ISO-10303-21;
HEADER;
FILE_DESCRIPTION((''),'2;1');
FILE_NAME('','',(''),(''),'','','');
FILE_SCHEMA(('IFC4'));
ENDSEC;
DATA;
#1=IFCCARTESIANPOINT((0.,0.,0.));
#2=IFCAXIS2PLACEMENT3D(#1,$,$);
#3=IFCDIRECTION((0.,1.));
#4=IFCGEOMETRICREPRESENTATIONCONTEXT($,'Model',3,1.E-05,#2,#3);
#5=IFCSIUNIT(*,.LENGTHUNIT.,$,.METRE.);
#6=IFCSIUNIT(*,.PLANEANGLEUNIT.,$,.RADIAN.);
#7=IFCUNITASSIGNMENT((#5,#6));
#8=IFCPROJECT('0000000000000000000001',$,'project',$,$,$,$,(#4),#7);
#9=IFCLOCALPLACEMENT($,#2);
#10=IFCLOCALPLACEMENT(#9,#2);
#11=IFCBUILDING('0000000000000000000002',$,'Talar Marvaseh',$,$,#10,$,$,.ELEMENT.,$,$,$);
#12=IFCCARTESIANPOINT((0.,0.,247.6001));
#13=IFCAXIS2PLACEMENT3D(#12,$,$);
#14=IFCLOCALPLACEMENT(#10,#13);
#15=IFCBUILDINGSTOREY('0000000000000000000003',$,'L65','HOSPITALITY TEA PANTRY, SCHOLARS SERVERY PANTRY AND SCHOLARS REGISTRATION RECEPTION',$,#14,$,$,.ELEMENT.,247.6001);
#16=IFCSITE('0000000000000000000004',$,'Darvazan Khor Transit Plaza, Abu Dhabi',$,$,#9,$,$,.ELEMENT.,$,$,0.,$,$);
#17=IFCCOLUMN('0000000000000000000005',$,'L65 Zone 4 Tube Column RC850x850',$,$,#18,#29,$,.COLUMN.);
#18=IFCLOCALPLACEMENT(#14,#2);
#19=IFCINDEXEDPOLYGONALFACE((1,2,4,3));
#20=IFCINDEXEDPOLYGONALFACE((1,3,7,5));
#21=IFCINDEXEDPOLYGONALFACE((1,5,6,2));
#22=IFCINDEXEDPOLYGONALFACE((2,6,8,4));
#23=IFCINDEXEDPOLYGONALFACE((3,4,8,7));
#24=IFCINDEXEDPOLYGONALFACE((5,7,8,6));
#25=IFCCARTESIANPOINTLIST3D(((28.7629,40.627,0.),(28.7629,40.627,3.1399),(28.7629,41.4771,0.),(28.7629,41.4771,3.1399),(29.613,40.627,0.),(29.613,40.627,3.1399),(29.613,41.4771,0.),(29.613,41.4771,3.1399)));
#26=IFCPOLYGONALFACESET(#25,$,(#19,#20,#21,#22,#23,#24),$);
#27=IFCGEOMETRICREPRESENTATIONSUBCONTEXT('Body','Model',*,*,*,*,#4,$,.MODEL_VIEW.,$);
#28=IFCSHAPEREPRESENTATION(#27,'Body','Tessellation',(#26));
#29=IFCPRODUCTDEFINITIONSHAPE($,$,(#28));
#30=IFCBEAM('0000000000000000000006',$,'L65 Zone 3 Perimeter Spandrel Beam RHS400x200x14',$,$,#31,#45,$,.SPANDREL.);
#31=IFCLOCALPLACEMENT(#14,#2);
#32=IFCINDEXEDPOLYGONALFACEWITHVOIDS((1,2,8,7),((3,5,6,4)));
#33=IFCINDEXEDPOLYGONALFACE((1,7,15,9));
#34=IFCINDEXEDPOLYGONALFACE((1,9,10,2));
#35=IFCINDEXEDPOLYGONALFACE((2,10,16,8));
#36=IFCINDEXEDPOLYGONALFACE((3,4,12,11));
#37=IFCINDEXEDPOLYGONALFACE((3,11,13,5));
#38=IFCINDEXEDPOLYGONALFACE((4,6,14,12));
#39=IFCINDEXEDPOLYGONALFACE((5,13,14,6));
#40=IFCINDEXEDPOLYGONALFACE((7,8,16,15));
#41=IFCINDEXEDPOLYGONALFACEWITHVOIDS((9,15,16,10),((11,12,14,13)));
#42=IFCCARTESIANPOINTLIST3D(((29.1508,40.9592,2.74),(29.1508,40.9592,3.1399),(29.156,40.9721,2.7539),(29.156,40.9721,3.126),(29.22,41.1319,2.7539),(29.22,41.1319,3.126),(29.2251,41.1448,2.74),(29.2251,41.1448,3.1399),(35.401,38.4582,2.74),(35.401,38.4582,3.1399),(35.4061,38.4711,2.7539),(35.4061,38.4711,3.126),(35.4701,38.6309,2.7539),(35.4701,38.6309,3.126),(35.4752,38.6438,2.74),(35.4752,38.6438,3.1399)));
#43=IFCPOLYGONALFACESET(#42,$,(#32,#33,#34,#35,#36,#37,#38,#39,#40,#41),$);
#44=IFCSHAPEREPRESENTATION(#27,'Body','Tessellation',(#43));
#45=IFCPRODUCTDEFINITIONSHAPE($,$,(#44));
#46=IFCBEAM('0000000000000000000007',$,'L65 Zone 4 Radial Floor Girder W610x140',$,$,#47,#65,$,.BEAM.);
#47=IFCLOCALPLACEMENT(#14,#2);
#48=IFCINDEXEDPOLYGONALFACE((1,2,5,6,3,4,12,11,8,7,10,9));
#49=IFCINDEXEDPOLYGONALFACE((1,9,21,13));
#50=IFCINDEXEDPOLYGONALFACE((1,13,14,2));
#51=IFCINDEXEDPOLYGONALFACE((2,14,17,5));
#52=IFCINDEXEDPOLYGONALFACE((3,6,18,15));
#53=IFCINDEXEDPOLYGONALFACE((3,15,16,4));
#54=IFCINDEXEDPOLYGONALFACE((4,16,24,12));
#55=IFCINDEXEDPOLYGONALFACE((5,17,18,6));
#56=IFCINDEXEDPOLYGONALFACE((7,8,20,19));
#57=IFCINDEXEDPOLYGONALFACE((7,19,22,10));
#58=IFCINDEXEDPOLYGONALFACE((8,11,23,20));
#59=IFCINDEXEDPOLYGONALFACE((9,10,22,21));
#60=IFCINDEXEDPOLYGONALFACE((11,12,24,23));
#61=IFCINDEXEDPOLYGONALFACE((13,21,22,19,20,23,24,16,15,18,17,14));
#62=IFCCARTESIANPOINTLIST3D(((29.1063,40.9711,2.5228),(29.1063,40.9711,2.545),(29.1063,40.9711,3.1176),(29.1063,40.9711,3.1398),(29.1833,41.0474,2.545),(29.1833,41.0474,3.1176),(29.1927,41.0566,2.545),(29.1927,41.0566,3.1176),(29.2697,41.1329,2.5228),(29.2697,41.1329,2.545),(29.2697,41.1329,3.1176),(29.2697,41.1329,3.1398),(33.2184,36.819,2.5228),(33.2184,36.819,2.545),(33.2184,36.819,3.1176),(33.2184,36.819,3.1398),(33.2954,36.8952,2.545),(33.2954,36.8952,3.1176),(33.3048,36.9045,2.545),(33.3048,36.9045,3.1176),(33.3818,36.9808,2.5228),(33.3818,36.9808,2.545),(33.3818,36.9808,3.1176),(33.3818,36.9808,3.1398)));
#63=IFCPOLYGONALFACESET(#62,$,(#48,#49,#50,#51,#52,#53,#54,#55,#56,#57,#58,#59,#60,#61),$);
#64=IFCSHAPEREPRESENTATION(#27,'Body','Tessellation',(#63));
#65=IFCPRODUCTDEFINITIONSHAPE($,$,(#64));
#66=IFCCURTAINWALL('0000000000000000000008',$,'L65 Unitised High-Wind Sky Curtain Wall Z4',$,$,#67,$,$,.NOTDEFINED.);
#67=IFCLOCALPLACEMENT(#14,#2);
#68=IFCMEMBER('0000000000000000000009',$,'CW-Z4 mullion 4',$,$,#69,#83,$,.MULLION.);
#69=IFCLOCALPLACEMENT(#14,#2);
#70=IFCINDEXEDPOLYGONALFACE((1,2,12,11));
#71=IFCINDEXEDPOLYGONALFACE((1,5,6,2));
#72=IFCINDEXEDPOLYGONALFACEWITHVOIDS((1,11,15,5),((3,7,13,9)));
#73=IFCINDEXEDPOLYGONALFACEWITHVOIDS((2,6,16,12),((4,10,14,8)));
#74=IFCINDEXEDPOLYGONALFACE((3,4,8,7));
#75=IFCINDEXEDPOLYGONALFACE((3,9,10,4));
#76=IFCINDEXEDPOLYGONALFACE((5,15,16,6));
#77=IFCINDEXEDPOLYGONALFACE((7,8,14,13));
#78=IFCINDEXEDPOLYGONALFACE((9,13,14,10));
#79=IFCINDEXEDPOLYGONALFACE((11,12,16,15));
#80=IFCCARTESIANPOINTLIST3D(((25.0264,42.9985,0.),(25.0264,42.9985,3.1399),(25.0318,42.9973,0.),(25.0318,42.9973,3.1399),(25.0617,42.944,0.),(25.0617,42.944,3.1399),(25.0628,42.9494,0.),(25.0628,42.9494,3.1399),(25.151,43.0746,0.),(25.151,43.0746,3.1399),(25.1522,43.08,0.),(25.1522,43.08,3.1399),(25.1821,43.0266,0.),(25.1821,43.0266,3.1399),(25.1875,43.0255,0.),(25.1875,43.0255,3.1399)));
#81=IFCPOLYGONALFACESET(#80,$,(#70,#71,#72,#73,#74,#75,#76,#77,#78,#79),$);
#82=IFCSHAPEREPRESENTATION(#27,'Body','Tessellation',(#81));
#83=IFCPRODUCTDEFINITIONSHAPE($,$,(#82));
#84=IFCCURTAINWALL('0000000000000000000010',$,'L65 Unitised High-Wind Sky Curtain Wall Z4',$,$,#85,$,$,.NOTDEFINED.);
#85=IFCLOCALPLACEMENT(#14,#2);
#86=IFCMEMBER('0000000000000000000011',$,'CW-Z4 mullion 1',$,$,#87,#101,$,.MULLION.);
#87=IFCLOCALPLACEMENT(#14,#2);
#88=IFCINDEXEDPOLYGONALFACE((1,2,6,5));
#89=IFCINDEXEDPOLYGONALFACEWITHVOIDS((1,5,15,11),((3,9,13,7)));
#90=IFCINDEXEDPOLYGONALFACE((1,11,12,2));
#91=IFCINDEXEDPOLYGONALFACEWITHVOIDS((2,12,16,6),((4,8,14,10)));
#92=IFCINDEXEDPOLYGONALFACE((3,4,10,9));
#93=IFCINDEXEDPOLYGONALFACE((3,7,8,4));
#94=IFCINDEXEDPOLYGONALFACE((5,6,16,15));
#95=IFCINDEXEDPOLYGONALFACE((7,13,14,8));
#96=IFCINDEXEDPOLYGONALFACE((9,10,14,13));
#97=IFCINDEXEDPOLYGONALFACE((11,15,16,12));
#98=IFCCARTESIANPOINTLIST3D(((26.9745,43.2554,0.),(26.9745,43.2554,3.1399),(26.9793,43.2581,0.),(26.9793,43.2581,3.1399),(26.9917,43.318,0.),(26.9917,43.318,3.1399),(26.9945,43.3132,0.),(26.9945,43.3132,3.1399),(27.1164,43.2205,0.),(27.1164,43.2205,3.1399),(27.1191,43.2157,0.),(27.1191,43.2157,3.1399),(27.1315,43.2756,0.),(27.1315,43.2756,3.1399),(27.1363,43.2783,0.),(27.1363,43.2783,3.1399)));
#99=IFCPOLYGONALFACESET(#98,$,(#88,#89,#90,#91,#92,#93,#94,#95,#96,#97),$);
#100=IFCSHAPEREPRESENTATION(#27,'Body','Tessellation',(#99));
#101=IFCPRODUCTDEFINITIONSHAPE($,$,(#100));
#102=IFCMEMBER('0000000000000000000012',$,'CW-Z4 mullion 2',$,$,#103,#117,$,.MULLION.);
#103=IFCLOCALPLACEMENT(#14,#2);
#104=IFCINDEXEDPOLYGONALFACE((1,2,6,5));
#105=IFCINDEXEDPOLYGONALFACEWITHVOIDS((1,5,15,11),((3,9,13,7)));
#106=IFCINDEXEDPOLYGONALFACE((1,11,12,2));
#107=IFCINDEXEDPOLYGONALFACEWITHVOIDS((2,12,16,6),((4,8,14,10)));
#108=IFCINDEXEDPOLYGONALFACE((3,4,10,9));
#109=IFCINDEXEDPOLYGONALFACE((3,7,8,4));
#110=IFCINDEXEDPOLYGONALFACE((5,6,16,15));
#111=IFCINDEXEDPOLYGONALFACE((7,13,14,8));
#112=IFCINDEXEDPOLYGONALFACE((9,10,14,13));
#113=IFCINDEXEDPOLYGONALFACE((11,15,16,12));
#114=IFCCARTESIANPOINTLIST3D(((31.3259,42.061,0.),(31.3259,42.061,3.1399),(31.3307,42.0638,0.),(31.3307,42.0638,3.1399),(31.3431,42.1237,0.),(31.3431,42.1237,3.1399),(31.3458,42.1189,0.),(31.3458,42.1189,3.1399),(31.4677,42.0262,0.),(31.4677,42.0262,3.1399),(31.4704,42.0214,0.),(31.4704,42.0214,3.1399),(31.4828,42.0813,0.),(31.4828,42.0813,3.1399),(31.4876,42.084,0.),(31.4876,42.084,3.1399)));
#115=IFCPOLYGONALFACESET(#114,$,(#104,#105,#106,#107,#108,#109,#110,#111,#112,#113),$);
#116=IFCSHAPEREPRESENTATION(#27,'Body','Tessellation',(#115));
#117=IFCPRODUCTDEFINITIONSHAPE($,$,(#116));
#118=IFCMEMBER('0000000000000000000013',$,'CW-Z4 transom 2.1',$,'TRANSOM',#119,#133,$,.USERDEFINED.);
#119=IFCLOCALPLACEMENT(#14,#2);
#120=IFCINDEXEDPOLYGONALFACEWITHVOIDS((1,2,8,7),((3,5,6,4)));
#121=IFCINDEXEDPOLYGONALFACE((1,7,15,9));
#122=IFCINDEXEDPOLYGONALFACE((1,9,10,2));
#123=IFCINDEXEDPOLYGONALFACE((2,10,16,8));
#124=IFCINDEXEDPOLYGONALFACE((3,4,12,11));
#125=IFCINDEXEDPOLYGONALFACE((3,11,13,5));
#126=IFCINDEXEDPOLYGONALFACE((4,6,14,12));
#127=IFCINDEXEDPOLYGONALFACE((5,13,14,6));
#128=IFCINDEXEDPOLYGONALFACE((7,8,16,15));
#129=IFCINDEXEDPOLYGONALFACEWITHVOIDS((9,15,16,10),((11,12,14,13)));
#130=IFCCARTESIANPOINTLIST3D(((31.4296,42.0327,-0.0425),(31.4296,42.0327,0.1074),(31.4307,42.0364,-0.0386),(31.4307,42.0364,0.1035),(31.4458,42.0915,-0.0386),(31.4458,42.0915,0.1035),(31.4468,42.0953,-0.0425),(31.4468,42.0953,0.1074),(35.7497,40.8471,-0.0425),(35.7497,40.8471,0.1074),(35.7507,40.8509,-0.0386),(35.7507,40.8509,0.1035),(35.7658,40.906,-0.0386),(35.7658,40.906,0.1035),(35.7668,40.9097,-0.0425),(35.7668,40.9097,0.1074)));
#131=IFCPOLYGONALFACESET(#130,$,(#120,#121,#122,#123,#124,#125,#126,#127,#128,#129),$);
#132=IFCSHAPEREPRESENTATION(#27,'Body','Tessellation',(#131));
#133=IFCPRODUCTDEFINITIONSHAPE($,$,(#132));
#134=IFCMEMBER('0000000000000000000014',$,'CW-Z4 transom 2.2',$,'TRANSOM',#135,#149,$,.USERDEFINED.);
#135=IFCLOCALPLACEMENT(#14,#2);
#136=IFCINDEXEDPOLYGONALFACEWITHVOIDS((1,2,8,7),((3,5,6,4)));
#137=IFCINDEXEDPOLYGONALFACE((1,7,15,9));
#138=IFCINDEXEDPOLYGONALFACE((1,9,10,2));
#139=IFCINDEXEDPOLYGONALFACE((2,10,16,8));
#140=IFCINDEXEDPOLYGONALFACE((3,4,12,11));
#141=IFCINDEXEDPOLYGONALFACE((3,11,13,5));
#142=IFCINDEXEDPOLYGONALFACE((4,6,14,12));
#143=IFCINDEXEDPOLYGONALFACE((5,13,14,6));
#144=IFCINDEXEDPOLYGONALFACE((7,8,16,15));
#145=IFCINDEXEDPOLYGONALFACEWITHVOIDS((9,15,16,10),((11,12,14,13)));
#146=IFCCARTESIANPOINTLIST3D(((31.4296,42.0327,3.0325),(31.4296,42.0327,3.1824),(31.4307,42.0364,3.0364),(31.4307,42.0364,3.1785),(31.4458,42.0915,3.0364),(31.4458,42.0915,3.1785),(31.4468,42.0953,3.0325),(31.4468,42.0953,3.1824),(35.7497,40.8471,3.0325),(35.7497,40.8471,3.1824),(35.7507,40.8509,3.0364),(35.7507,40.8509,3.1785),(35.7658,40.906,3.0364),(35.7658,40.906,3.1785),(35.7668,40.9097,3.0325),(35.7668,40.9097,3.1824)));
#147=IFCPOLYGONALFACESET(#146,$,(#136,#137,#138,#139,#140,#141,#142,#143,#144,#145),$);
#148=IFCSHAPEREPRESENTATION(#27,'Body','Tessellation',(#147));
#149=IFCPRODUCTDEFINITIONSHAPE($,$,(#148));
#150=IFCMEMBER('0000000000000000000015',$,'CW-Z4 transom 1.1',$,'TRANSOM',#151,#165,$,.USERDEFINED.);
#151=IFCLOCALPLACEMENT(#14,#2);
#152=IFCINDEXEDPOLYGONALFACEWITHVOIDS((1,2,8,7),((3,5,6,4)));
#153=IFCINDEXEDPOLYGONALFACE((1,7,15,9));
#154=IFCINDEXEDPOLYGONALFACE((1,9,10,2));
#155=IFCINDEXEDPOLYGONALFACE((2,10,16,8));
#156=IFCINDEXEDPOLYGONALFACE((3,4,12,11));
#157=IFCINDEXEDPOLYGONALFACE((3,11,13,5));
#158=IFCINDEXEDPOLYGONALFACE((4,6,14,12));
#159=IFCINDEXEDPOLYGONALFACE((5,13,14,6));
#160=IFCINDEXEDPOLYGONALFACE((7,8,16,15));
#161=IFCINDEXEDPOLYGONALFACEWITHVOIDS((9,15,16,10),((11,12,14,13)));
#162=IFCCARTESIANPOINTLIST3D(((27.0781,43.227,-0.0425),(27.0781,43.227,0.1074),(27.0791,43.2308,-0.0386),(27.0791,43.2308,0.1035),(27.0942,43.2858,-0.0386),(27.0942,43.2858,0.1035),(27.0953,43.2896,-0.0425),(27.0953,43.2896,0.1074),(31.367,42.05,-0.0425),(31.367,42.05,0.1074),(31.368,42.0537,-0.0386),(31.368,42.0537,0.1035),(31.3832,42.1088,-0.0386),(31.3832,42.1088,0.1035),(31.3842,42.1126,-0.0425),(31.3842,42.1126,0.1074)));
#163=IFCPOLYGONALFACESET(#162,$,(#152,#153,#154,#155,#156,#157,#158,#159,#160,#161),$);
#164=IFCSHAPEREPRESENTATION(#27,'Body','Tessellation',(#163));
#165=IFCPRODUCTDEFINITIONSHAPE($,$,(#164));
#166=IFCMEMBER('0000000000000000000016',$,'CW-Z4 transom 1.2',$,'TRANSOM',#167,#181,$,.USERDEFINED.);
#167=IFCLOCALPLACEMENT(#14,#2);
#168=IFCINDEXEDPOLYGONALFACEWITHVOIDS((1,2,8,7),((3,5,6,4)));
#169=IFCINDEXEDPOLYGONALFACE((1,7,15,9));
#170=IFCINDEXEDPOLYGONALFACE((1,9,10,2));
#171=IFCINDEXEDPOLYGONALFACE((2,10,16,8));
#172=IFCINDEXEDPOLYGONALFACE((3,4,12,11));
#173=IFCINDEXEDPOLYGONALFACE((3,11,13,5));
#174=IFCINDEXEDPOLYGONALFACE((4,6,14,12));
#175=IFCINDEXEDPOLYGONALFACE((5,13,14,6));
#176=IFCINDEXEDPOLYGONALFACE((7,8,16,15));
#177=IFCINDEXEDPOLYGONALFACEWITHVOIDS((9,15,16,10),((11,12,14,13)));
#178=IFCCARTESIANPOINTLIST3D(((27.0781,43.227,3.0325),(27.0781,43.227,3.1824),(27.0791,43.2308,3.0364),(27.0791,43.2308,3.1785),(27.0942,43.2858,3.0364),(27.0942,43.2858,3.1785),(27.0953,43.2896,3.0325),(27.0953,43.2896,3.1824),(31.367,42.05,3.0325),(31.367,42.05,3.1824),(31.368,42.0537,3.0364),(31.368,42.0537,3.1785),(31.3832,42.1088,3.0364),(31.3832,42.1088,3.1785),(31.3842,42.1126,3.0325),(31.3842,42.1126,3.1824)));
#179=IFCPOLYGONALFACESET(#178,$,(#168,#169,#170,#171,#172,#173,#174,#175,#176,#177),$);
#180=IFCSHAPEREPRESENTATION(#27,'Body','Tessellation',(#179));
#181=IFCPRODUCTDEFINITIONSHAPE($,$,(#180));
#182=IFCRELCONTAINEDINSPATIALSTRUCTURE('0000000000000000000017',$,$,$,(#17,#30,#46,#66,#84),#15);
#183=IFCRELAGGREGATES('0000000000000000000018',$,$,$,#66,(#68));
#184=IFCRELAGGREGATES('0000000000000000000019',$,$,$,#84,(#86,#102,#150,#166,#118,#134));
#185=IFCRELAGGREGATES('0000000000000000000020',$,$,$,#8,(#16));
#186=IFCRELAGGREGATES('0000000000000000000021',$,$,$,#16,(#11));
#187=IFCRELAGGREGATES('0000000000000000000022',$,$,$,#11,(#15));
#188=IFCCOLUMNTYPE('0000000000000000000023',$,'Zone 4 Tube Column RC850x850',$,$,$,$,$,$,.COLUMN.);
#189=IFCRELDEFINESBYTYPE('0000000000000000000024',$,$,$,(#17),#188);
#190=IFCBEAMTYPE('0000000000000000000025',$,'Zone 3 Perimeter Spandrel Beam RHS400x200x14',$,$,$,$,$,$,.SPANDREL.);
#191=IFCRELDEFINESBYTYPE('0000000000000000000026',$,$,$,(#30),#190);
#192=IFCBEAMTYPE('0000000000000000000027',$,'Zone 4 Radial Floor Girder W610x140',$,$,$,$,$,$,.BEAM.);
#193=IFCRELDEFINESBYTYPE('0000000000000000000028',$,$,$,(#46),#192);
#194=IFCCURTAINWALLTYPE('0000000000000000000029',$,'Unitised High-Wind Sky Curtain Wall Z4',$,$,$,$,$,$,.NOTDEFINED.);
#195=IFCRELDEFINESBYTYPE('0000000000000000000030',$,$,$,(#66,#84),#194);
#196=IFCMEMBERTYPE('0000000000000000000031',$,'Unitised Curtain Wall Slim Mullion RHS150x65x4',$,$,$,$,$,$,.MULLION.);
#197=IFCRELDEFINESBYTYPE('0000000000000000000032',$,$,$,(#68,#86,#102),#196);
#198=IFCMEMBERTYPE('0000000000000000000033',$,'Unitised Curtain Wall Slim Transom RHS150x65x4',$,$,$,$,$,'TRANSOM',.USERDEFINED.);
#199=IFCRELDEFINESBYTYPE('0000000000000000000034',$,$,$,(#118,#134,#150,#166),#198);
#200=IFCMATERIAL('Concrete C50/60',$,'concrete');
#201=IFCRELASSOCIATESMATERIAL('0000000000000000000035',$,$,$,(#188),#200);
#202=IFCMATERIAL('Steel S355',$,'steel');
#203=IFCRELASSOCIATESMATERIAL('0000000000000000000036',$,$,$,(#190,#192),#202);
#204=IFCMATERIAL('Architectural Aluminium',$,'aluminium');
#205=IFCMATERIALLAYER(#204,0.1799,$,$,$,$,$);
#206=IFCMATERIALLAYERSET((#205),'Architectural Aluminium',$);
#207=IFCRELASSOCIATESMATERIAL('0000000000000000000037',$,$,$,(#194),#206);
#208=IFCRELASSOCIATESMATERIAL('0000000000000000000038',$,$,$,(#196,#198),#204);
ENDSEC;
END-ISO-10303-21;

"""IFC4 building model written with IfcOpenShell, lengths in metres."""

from ifc_helpers import new_model, si_unit, direction, frame, origin, origin_2d, place, context, subcontext, project, spatial, rectangle, hollow_rectangle, i_section, extrude, source, transform, mapped, material, layer, layer_set, material_profile, profile_set, type_object, type_shapes, element, aggregate, save


model = new_model("IFC4")

# Units and contexts
model_context = context("Model", 3, precision=1e-05, world=origin(), true_north=direction((0.0, 1.0)))
body_context = subcontext(model_context, "Body", "Model", "MODEL_VIEW")
ifc_project = project(units=[si_unit("LENGTHUNIT", "METRE"), si_unit("PLANEANGLEUNIT", "RADIAN")], contexts=[model_context])

# Site, building, storey
site_placement = place(None, origin())
site = spatial("IfcSite", under=ifc_project, at=site_placement, Name="Darvazan Khor Transit Plaza, Abu Dhabi", CompositionType="ELEMENT", RefElevation=0.0)
building_placement = place(site_placement, origin())
building = spatial("IfcBuilding", under=site, at=building_placement, Name="Talar Marvaseh", CompositionType="ELEMENT")
storey_placement = place(building_placement, frame((0.0, 0.0, 247.6001)))
storey = spatial("IfcBuildingStorey", under=building, at=storey_placement, Name="L65", Description="HOSPITALITY TEA PANTRY, SCHOLARS SERVERY PANTRY AND SCHOLARS REGISTRATION RECEPTION", CompositionType="ELEMENT", Elevation=247.6001)

# Column
ifc_material_1 = material(Name="Concrete C50/60", Category="concrete")
ifc_material_profile_1 = material_profile(ifc_material_1, rectangle(XDim=0.8501, YDim=0.8501, at=origin_2d()), Name="RC850x850")
ifc_profile_set_1 = profile_set([ifc_material_profile_1], Name="Concrete C50/60")
column_type = type_object("IfcColumnType", Name="Zone 4 Tube Column RC850x850", PredefinedType="COLUMN", material=ifc_profile_set_1)
column_placement = place(storey_placement, frame((29.188, 41.052, 0.0), z_axis=(0.0, 0.0, 1.0), x_axis=(1.0, 0.0, 0.0)))
element("IfcColumn", 1, at=column_placement, inside=storey, type_object=column_type, Name="L65 Zone 4 Tube Column RC850x850", PredefinedType="COLUMN", context=body_context, shape_type="SweptSolid", body=[
    extrude(rectangle(XDim=0.8501, YDim=0.8501, at=origin_2d()), origin(), (0.0, 0.0, 1.0), 3.1399),
])

# Beams
ifc_material_2 = material(Name="Steel S355", Category="steel")
ifc_material_profile_2 = material_profile(ifc_material_2, hollow_rectangle(XDim=0.2, YDim=0.3999, WallThickness=0.0139, at=origin_2d()), Name="RHS400x200x14")
ifc_profile_set_2 = profile_set([ifc_material_profile_2], Name="Steel S355")
beam_type_1 = type_object("IfcBeamType", Name="Zone 3 Perimeter Spandrel Beam RHS400x200x14", PredefinedType="SPANDREL", material=ifc_profile_set_2)
beam_1_placement = place(storey_placement, frame((29.188, 41.052, 2.9399), z_axis=(0.928427, -0.371516, 0.0), x_axis=(0.371516, 0.928427, 0.0)))
element("IfcBeam", 2, at=beam_1_placement, inside=storey, type_object=beam_type_1, Name="L65 Zone 3 Perimeter Spandrel Beam RHS400x200x14", PredefinedType="SPANDREL", context=body_context, shape_type="SweptSolid", body=[
    extrude(hollow_rectangle(XDim=0.2, YDim=0.3999, WallThickness=0.0139, at=origin_2d()), origin(), (0.0, 0.0, 1.0), 6.7319),
])
ifc_material_profile_3 = material_profile(ifc_material_2, i_section(OverallWidth=0.23, OverallDepth=0.6169, WebThickness=0.0132, FlangeThickness=0.0222, at=origin_2d()), Name="W610x140")
ifc_profile_set_3 = profile_set([ifc_material_profile_3], Name="Steel S355")
beam_type_2 = type_object("IfcBeamType", Name="Zone 4 Radial Floor Girder W610x140", PredefinedType="BEAM", material=ifc_profile_set_3)
beam_2_placement = place(storey_placement, frame((29.188, 41.052, 2.8313), z_axis=(0.703673, -0.710524, 0.0), x_axis=(0.710524, 0.703673, 0.0)))
element("IfcBeam", 3, at=beam_2_placement, inside=storey, type_object=beam_type_2, Name="L65 Zone 4 Radial Floor Girder W610x140", PredefinedType="BEAM", context=body_context, shape_type="SweptSolid", body=[
    extrude(i_section(OverallWidth=0.23, OverallDepth=0.6169, WebThickness=0.0132, FlangeThickness=0.0222, at=origin_2d()), origin(), (0.0, 0.0, 1.0), 5.8438),
])

# Curtain wall, member
ifc_material_3 = material(Name="Architectural Aluminium", Category="aluminium")
ifc_layer_1 = layer(ifc_material_3, 0.1799)
ifc_layer_set_1 = layer_set([ifc_layer_1], Name="Architectural Aluminium")
curtain_wall_type = type_object("IfcCurtainWallType", Name="Unitised High-Wind Sky Curtain Wall Z4", PredefinedType="NOTDEFINED", material=ifc_layer_set_1)
curtain_wall_1_placement = place(storey_placement, origin())
curtain_wall_1 = element("IfcCurtainWall", 4, at=curtain_wall_1_placement, inside=storey, type_object=curtain_wall_type, Name="L65 Unitised High-Wind Sky Curtain Wall Z4", PredefinedType="NOTDEFINED")
ifc_material_profile_4 = material_profile(ifc_material_3, hollow_rectangle(XDim=0.0649, YDim=0.1499, WallThickness=0.0039, at=origin_2d()), Name="RHS150x65x4")
ifc_profile_set_4 = profile_set([ifc_material_profile_4], Name="Architectural Aluminium")
member_type_1 = type_object("IfcMemberType", Name="Unitised Curtain Wall Slim Mullion RHS150x65x4", PredefinedType="MULLION", material=ifc_profile_set_4)
shared_shape_1 = source(origin(), body_context, "Body", "SweptSolid", [
    extrude(hollow_rectangle(XDim=0.0649, YDim=0.1499, WallThickness=0.0039, at=origin_2d()), origin(), (0.0, 0.0, 1.0), 3.1399),
])
type_shapes(member_type_1, [shared_shape_1])
member_1_placement = place(storey_placement, frame((25.1069, 43.012, 0.0), z_axis=(0.0, 0.0, 1.0), x_axis=(-0.543646, 0.839314, 0.0)))
member_1 = element("IfcMember", 5, at=member_1_placement, type_object=member_type_1, Name="CW-Z4 mullion 4", PredefinedType="MULLION", context=body_context, shape_type="MappedRepresentation", body=[
    mapped(shared_shape_1, transform((0.0, 0.0, 0.0), x_axis=(1.0, 0.0, 0.0), y_axis=(0.0, 1.0, 0.0), z_axis=(0.0, 0.0, 1.0), scale=1.0)),
])

# Curtain wall, members
curtain_wall_2_placement = place(storey_placement, origin())
curtain_wall_2 = element("IfcCurtainWall", 6, at=curtain_wall_2_placement, inside=storey, type_object=curtain_wall_type, Name="L65 Unitised High-Wind Sky Curtain Wall Z4", PredefinedType="NOTDEFINED")
member_2_placement = place(storey_placement, frame((27.0554, 43.2668, 0.0), z_axis=(0.0, 0.0, 1.0), x_axis=(0.264649, 0.964345, 0.0)))
member_2 = element("IfcMember", 7, at=member_2_placement, type_object=member_type_1, Name="CW-Z4 mullion 1", PredefinedType="MULLION", context=body_context, shape_type="MappedRepresentation", body=[
    mapped(shared_shape_1, transform((0.0, 0.0, 0.0), x_axis=(1.0, 0.0, 0.0), y_axis=(0.0, 1.0, 0.0), z_axis=(0.0, 0.0, 1.0), scale=1.0)),
])
member_3_placement = place(storey_placement, frame((31.4067, 42.0725, 0.0), z_axis=(0.0, 0.0, 1.0), x_axis=(0.264649, 0.964345, 0.0)))
member_3 = element("IfcMember", 8, at=member_3_placement, type_object=member_type_1, Name="CW-Z4 mullion 2", PredefinedType="MULLION", context=body_context, shape_type="MappedRepresentation", body=[
    mapped(shared_shape_1, transform((0.0, 0.0, 0.0), x_axis=(1.0, 0.0, 0.0), y_axis=(0.0, 1.0, 0.0), z_axis=(0.0, 0.0, 1.0), scale=1.0)),
])
ifc_material_profile_5 = material_profile(ifc_material_3, hollow_rectangle(XDim=0.0649, YDim=0.1499, WallThickness=0.0039, at=origin_2d()), Name="RHS150x65x4")
ifc_profile_set_5 = profile_set([ifc_material_profile_5], Name="Architectural Aluminium")
member_type_2 = type_object("IfcMemberType", Name="Unitised Curtain Wall Slim Transom RHS150x65x4", ElementType="TRANSOM", PredefinedType="USERDEFINED", material=ifc_profile_set_5)
shared_shape_2 = source(origin(), body_context, "Body", "SweptSolid", [
    extrude(hollow_rectangle(XDim=0.0649, YDim=0.1499, WallThickness=0.0039, at=origin_2d()), origin(), (0.0, 0.0, 1.0), 4.4797),
])
member_4_placement = place(storey_placement, frame((31.4382, 42.064, 0.0325), z_axis=(0.964346, -0.264643, 0.0), x_axis=(0.264643, 0.964346, 0.0)))
member_4 = element("IfcMember", 9, at=member_4_placement, type_object=member_type_2, Name="CW-Z4 transom 2.1", ObjectType="TRANSOM", PredefinedType="USERDEFINED", context=body_context, shape_type="MappedRepresentation", body=[
    mapped(shared_shape_2, transform((0.0, 0.0, 0.0), x_axis=(1.0, 0.0, 0.0), y_axis=(0.0, 1.0, 0.0), z_axis=(0.0, 0.0, 1.0), scale=1.0)),
])
member_5_placement = place(storey_placement, frame((31.4382, 42.064, 3.1074), z_axis=(0.964346, -0.264643, 0.0), x_axis=(0.264643, 0.964346, 0.0)))
member_5 = element("IfcMember", 10, at=member_5_placement, type_object=member_type_2, Name="CW-Z4 transom 2.2", ObjectType="TRANSOM", PredefinedType="USERDEFINED", context=body_context, shape_type="MappedRepresentation", body=[
    mapped(shared_shape_2, transform((0.0, 0.0, 0.0), x_axis=(1.0, 0.0, 0.0), y_axis=(0.0, 1.0, 0.0), z_axis=(0.0, 0.0, 1.0), scale=1.0)),
])
shared_shape_3 = source(origin(), body_context, "Body", "SweptSolid", [
    extrude(hollow_rectangle(XDim=0.0649, YDim=0.1499, WallThickness=0.0039, at=origin_2d()), origin(), (0.0, 0.0, 1.0), 4.4475),
])
type_shapes(member_type_2, [shared_shape_2, shared_shape_3])
member_6_placement = place(storey_placement, frame((27.0867, 43.2583, 0.0325), z_axis=(0.964345, -0.26465, 0.0), x_axis=(0.26465, 0.964345, 0.0)))
member_6 = element("IfcMember", 11, at=member_6_placement, type_object=member_type_2, Name="CW-Z4 transom 1.1", ObjectType="TRANSOM", PredefinedType="USERDEFINED", context=body_context, shape_type="MappedRepresentation", body=[
    mapped(shared_shape_3, transform((0.0, 0.0, 0.0), x_axis=(1.0, 0.0, 0.0), y_axis=(0.0, 1.0, 0.0), z_axis=(0.0, 0.0, 1.0), scale=1.0)),
])
member_7_placement = place(storey_placement, frame((27.0867, 43.2583, 3.1074), z_axis=(0.964345, -0.26465, 0.0), x_axis=(0.26465, 0.964345, 0.0)))
member_7 = element("IfcMember", 12, at=member_7_placement, type_object=member_type_2, Name="CW-Z4 transom 1.2", ObjectType="TRANSOM", PredefinedType="USERDEFINED", context=body_context, shape_type="MappedRepresentation", body=[
    mapped(shared_shape_3, transform((0.0, 0.0, 0.0), x_axis=(1.0, 0.0, 0.0), y_axis=(0.0, 1.0, 0.0), z_axis=(0.0, 0.0, 1.0), scale=1.0)),
])

aggregate(curtain_wall_1, [member_1])
aggregate(curtain_wall_2, [member_2, member_3, member_6, member_7, member_4, member_5])

save(model, "model.ifc")
